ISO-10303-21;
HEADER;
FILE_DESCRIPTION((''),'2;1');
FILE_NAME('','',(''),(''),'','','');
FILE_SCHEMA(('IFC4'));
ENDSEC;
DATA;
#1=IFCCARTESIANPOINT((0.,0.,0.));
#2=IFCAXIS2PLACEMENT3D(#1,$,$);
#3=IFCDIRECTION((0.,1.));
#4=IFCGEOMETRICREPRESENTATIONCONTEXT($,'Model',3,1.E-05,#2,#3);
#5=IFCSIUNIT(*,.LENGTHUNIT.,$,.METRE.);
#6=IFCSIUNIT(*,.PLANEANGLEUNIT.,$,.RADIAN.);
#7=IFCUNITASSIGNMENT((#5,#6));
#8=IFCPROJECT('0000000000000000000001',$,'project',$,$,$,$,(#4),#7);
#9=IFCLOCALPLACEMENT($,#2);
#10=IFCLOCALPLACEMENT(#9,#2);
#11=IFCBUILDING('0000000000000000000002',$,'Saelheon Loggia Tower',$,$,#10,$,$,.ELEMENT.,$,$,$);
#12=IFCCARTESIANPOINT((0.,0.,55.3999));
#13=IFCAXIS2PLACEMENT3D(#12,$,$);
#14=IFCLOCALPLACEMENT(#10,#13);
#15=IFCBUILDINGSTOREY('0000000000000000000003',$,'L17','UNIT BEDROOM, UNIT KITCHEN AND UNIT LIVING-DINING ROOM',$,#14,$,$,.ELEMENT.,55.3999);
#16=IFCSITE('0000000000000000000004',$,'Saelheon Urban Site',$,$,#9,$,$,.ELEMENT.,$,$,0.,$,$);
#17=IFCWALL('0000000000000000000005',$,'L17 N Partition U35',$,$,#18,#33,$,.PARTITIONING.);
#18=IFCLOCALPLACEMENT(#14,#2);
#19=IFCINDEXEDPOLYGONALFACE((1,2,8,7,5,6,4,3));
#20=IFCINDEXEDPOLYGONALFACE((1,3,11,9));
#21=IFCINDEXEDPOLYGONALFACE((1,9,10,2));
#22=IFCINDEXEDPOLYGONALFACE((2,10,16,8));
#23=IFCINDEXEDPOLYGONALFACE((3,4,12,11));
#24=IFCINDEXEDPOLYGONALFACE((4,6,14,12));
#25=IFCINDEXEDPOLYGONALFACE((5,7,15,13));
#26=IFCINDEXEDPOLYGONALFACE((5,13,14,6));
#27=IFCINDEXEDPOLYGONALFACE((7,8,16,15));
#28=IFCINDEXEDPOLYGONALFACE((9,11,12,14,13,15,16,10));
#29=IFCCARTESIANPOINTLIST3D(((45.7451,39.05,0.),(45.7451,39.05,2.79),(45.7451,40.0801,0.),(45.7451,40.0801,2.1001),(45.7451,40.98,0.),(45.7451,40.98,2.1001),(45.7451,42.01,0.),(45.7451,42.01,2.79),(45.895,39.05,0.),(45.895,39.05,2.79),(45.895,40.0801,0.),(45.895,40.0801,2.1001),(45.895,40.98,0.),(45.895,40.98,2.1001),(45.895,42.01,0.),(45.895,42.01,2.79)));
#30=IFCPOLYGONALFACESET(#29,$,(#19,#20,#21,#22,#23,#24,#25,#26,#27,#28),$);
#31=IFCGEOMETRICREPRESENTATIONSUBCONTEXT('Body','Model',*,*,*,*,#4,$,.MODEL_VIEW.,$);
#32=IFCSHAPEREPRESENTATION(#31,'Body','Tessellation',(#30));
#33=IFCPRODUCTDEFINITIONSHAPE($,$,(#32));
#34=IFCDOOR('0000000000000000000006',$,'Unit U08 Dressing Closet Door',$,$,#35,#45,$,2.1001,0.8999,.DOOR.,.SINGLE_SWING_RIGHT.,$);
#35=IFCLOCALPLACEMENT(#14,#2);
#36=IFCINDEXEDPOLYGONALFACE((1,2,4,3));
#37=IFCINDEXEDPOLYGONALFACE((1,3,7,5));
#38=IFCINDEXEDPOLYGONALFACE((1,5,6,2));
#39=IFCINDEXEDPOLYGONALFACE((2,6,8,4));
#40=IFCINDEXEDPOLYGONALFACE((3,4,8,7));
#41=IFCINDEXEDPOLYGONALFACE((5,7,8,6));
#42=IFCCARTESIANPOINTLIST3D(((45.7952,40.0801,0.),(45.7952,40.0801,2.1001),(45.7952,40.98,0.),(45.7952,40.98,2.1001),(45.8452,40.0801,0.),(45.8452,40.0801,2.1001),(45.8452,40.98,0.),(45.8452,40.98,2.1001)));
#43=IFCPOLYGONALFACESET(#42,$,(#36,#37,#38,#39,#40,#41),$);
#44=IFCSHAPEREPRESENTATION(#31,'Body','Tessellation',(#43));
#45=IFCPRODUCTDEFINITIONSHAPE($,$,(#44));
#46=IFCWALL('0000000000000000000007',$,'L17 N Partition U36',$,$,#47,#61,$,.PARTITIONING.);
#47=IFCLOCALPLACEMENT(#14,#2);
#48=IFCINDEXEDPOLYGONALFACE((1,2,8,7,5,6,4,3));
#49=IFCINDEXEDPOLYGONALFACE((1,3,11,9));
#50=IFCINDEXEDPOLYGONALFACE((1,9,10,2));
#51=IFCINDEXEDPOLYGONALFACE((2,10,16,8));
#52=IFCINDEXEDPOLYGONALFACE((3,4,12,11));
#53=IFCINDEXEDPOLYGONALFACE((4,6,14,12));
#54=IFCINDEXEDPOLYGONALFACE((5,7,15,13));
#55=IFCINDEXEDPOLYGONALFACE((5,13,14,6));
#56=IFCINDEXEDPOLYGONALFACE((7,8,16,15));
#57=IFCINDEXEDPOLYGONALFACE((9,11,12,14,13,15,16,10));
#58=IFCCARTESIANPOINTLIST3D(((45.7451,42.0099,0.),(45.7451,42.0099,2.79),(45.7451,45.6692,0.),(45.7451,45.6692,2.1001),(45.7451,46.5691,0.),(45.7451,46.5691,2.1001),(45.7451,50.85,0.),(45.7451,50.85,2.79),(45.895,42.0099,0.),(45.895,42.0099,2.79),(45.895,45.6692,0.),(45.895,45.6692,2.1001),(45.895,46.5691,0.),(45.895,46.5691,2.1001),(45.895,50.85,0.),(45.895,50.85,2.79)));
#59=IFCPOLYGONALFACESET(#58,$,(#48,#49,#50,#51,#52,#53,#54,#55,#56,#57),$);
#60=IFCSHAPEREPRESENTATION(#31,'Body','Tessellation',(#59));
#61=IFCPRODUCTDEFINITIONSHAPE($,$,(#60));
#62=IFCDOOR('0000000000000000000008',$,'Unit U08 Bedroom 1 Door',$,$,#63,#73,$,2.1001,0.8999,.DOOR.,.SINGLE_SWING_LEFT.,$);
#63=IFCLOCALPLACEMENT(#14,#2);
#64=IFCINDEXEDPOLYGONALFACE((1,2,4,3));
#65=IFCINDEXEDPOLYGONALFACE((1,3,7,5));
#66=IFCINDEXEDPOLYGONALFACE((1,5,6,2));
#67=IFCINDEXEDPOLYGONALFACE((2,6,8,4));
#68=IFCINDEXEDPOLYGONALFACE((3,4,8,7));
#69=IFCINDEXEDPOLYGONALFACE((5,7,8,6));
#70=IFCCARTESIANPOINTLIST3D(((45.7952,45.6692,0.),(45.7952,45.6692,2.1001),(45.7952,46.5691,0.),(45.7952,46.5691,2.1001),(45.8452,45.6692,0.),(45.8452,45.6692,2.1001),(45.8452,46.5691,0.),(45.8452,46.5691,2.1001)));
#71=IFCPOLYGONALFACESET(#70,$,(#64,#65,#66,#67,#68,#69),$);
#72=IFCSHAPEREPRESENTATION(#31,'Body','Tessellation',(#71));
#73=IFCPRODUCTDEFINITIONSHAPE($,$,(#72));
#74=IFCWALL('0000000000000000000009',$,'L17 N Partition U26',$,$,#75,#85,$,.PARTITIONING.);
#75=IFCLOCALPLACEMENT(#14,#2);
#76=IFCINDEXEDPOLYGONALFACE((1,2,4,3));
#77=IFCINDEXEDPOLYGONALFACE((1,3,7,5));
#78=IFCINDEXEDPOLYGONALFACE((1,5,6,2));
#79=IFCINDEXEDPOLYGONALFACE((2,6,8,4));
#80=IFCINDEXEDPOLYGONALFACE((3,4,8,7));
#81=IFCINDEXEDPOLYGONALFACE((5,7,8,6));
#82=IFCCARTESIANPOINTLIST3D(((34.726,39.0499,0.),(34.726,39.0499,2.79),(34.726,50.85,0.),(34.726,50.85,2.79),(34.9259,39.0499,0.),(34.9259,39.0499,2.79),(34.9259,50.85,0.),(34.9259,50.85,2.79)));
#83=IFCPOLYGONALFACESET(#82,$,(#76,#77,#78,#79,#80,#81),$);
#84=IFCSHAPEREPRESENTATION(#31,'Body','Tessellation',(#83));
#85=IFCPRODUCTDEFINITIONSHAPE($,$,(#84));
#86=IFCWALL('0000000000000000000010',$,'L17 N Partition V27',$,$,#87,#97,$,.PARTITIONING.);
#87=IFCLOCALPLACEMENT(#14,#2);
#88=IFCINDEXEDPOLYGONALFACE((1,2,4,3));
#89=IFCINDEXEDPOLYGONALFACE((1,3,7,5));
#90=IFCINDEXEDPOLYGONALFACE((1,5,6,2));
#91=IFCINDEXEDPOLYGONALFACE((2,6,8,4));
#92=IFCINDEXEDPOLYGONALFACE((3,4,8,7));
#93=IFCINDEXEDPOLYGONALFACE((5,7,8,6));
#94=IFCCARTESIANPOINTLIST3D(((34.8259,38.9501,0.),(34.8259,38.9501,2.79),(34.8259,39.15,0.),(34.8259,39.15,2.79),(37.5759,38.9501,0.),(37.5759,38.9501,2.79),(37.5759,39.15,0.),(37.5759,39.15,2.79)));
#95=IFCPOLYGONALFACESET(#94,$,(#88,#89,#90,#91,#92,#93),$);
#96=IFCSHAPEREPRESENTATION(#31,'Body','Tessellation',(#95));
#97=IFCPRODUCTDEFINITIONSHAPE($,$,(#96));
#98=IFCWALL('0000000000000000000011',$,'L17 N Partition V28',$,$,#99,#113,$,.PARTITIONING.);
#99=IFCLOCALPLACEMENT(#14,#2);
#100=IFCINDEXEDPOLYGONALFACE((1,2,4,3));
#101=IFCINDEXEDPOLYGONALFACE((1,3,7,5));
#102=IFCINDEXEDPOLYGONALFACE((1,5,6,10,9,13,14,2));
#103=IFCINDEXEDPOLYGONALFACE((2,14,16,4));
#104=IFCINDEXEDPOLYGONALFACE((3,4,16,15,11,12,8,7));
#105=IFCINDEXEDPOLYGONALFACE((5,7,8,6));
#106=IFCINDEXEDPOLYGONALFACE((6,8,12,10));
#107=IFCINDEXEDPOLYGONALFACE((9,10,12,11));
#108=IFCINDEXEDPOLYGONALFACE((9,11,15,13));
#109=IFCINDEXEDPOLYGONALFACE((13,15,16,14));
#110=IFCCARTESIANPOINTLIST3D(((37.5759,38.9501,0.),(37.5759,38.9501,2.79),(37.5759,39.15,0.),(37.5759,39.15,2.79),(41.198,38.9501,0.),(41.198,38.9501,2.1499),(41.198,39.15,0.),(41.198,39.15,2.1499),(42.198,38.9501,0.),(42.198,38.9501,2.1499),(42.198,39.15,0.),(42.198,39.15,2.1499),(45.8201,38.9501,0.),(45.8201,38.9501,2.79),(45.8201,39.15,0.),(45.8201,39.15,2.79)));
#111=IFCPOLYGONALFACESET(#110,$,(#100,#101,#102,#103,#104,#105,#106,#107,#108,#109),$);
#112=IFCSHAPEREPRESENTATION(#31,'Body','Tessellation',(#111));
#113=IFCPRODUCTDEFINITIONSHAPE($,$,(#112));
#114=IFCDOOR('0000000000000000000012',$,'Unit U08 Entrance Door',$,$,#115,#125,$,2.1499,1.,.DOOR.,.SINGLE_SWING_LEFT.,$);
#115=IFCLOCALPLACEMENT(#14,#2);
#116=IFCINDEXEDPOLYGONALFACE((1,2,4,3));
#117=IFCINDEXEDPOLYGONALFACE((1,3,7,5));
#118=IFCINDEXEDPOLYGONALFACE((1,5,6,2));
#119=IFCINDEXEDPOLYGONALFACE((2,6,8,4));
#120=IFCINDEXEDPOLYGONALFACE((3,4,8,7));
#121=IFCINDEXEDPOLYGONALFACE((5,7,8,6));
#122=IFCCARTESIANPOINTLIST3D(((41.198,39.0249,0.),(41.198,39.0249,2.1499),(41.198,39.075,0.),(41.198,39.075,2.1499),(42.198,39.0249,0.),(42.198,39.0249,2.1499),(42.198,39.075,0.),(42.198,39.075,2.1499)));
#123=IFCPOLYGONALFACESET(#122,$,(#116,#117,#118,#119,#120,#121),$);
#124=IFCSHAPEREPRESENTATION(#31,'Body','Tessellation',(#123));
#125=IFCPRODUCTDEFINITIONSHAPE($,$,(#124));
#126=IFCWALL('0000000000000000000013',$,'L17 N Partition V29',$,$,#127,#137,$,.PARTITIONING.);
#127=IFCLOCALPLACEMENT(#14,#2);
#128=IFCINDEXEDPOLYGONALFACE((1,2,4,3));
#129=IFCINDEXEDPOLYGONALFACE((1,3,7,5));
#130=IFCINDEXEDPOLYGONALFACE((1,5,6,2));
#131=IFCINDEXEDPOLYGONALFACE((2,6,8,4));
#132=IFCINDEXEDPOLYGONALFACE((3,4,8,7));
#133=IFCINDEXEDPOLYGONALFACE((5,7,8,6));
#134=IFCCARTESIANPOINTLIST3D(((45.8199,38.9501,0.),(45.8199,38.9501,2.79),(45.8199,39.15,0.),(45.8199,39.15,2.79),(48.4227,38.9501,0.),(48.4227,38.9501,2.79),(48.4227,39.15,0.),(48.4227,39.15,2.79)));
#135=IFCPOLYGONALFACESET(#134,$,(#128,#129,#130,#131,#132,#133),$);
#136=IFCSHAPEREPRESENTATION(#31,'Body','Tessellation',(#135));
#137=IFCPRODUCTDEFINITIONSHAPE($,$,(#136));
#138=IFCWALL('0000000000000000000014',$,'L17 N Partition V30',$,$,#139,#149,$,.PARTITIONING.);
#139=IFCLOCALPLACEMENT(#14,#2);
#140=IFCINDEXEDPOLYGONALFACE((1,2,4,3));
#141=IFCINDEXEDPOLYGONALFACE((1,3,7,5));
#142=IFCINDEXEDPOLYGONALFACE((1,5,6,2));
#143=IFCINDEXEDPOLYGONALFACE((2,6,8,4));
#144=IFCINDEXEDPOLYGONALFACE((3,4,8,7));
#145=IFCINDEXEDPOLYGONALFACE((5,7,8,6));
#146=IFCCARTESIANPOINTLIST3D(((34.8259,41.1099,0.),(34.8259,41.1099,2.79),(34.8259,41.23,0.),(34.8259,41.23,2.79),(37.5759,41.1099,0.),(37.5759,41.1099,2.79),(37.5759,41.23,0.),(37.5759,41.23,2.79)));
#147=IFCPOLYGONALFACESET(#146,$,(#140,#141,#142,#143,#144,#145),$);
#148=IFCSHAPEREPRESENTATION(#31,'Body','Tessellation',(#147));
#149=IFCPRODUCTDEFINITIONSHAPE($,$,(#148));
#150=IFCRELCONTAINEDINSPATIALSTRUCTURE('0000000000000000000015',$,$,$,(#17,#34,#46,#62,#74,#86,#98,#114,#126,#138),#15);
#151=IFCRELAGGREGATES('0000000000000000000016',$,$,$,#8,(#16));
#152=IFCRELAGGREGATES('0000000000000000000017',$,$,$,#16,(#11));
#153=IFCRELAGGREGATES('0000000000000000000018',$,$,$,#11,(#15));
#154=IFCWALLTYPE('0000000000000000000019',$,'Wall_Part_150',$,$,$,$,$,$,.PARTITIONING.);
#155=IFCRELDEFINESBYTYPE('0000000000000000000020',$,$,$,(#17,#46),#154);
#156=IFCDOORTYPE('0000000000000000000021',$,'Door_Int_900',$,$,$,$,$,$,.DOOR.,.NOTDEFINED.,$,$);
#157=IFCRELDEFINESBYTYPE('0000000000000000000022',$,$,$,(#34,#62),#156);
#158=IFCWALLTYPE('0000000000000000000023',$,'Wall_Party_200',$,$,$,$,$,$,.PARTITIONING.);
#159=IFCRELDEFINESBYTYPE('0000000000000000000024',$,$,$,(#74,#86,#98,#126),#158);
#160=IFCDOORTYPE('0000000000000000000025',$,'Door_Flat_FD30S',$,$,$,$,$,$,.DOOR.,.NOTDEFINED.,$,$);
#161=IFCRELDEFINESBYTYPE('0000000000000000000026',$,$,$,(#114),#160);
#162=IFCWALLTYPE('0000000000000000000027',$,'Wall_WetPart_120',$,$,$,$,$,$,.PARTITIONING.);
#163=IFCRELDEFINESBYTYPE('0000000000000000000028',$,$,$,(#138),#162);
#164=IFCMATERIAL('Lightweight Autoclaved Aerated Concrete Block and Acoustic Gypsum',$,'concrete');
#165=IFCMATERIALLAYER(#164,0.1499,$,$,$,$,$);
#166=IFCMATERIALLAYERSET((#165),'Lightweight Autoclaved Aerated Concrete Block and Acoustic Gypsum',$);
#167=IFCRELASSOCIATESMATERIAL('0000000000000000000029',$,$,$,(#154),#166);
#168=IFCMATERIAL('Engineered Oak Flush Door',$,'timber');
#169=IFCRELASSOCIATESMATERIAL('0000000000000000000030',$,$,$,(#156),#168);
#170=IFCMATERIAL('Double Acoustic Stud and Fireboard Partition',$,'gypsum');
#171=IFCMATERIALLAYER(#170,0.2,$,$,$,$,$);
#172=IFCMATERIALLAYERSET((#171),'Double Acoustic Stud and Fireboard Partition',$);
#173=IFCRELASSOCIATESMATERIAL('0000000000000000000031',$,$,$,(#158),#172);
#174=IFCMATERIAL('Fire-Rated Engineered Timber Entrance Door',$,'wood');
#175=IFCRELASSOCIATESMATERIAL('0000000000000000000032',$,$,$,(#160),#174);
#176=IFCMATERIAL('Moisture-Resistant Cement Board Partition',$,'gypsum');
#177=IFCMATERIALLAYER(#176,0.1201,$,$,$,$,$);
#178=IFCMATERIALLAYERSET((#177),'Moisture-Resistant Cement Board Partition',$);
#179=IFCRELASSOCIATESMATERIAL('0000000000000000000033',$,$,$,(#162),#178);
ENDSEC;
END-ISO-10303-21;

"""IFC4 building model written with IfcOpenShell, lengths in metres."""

from ifc_helpers import new_model, si_unit, direction, frame, frame_2d, origin, place, context, subcontext, project, spatial, rectangle, extrude, source, transform, mapped, material, layer, layer_set, type_object, element, fill, save


model = new_model("IFC4")

# Units and contexts
model_context = context("Model", 3, precision=1e-05, world=origin(), true_north=direction((0.0, 1.0)))
body_context = subcontext(model_context, "Body", "Model", "MODEL_VIEW")
ifc_project = project(units=[si_unit("LENGTHUNIT", "METRE"), si_unit("PLANEANGLEUNIT", "RADIAN")], contexts=[model_context])

# Site, building, storey
site_placement = place(None, origin())
site = spatial("IfcSite", under=ifc_project, at=site_placement, Name="Saelheon Urban Site", CompositionType="ELEMENT", RefElevation=0.0)
building_placement = place(site_placement, origin())
building = spatial("IfcBuilding", under=site, at=building_placement, Name="Saelheon Loggia Tower", CompositionType="ELEMENT")
storey_placement = place(building_placement, frame((0.0, 0.0, 55.3999)))
storey = spatial("IfcBuildingStorey", under=building, at=storey_placement, Name="L17", Description="UNIT BEDROOM, UNIT KITCHEN AND UNIT LIVING-DINING ROOM", CompositionType="ELEMENT", Elevation=55.3999)

# Shared definitions
ifc_material_1 = material(Name="Lightweight Autoclaved Aerated Concrete Block and Acoustic Gypsum", Category="concrete")
ifc_layer_1 = layer(ifc_material_1, 0.1499)
ifc_layer_set_1 = layer_set([ifc_layer_1], Name="Lightweight Autoclaved Aerated Concrete Block and Acoustic Gypsum")
wall_type_1 = type_object("IfcWallType", Name="Wall_Part_150", PredefinedType="PARTITIONING", material=ifc_layer_set_1)

# Walls, openings, doors
ifc_material_2 = material(Name="Engineered Oak Flush Door", Category="timber")
door_type_1 = type_object("IfcDoorType", Name="Door_Int_900", OperationType="NOTDEFINED", PredefinedType="DOOR", material=ifc_material_2)
shared_shape_1 = source(origin(), body_context, "Body", "SweptSolid", [
    extrude(rectangle(XDim=0.8999, YDim=2.1001, at=frame_2d((0.45, 1.05))), frame((0.0, 0.0249, 0.0), z_axis=(0.0, -1.0, 0.0), x_axis=(1.0, 0.0, 0.0)), (0.0, 0.0, 1.0), 0.05),
])
wall_1_placement = place(storey_placement, frame((45.8201, 39.05, 0.0), z_axis=(0.0, 0.0, 1.0), x_axis=(0.0, 1.0, 0.0)))
wall_1 = element("IfcWall", 1, at=wall_1_placement, inside=storey, type_object=wall_type_1, Name="L17 N Partition U35", PredefinedType="PARTITIONING", context=body_context, shape_type="SweptSolid", body=[
    extrude(rectangle(XDim=2.96, YDim=0.1499, at=frame_2d((1.48, 0.0))), origin(), (0.0, 0.0, 1.0), 2.79),
])
opening_1_placement = place(wall_1_placement, frame((1.03, 0.0, 0.0)))
opening_1 = element("IfcOpeningElement", 2, at=opening_1_placement, cuts=wall_1, PredefinedType="OPENING", context=body_context, shape_type="SweptSolid", body=[
    extrude(rectangle(XDim=0.8999, YDim=2.1001, at=frame_2d((0.45, 1.05))), frame((0.0, 0.0869, 0.0), z_axis=(0.0, -1.0, 0.0), x_axis=(1.0, 0.0, 0.0)), (0.0, 0.0, 1.0), 0.1738),
])
door_1_placement = place(opening_1_placement, origin())
door_1 = element("IfcDoor", 3, at=door_1_placement, inside=storey, type_object=door_type_1, Name="Unit U08 Dressing Closet Door", OperationType="SINGLE_SWING_RIGHT", OverallHeight=2.1001, OverallWidth=0.8999, PredefinedType="DOOR", context=body_context, shape_type="MappedRepresentation", body=[
    mapped(shared_shape_1, transform((0.0, 0.0, 0.0), scale=1.0)),
])
fill(opening_1, door_1)
wall_2_placement = place(storey_placement, frame((45.8201, 42.01, 0.0), z_axis=(0.0, 0.0, 1.0), x_axis=(0.0, 1.0, 0.0)))
wall_2 = element("IfcWall", 4, at=wall_2_placement, inside=storey, type_object=wall_type_1, Name="L17 N Partition U36", PredefinedType="PARTITIONING", context=body_context, shape_type="SweptSolid", body=[
    extrude(rectangle(XDim=8.8401, YDim=0.1499, at=frame_2d((4.4199, 0.0))), origin(), (0.0, 0.0, 1.0), 2.79),
])
opening_2_placement = place(wall_2_placement, frame((3.6592, 0.0, 0.0)))
opening_2 = element("IfcOpeningElement", 5, at=opening_2_placement, cuts=wall_2, PredefinedType="OPENING", context=body_context, shape_type="SweptSolid", body=[
    extrude(rectangle(XDim=0.8999, YDim=2.1001, at=frame_2d((0.45, 1.05))), frame((0.0, 0.0869, 0.0), z_axis=(0.0, -1.0, 0.0), x_axis=(1.0, 0.0, 0.0)), (0.0, 0.0, 1.0), 0.1738),
])
door_2_placement = place(opening_2_placement, origin())
door_2 = element("IfcDoor", 6, at=door_2_placement, inside=storey, type_object=door_type_1, Name="Unit U08 Bedroom 1 Door", OperationType="SINGLE_SWING_LEFT", OverallHeight=2.1001, OverallWidth=0.8999, PredefinedType="DOOR", context=body_context, shape_type="MappedRepresentation", body=[
    mapped(shared_shape_1, transform((0.0, 0.0, 0.0), scale=1.0)),
])
fill(opening_2, door_2)

# Walls
ifc_material_3 = material(Name="Double Acoustic Stud and Fireboard Partition", Category="gypsum")
ifc_layer_2 = layer(ifc_material_3, 0.2)
ifc_layer_set_2 = layer_set([ifc_layer_2], Name="Double Acoustic Stud and Fireboard Partition")
wall_type_2 = type_object("IfcWallType", Name="Wall_Party_200", PredefinedType="PARTITIONING", material=ifc_layer_set_2)
wall_3_placement = place(storey_placement, frame((34.8259, 39.05, 0.0), z_axis=(0.0, 0.0, 1.0), x_axis=(0.0, 1.0, 0.0)))
element("IfcWall", 7, at=wall_3_placement, inside=storey, type_object=wall_type_2, Name="L17 N Partition U26", PredefinedType="PARTITIONING", context=body_context, shape_type="SweptSolid", body=[
    extrude(rectangle(XDim=11.8, YDim=0.2, at=frame_2d((5.8999, 0.0))), origin(), (0.0, 0.0, 1.0), 2.79),
])
wall_4_placement = place(storey_placement, frame((34.8259, 39.05, 0.0), z_axis=(0.0, 0.0, 1.0), x_axis=(1.0, 0.0, 0.0)))
element("IfcWall", 8, at=wall_4_placement, inside=storey, type_object=wall_type_2, Name="L17 N Partition V27", PredefinedType="PARTITIONING", context=body_context, shape_type="SweptSolid", body=[
    extrude(rectangle(XDim=2.75, YDim=0.2, at=frame_2d((1.375, 0.0))), origin(), (0.0, 0.0, 1.0), 2.79),
])

# Wall, opening, door
wall_5_placement = place(storey_placement, frame((37.5759, 39.05, 0.0), z_axis=(0.0, 0.0, 1.0), x_axis=(1.0, 0.0, 0.0)))
wall_5 = element("IfcWall", 9, at=wall_5_placement, inside=storey, type_object=wall_type_2, Name="L17 N Partition V28", PredefinedType="PARTITIONING", context=body_context, shape_type="SweptSolid", body=[
    extrude(rectangle(XDim=8.2441, YDim=0.2, at=frame_2d((4.1221, 0.0))), origin(), (0.0, 0.0, 1.0), 2.79),
])
opening_3_placement = place(wall_5_placement, frame((3.6221, 0.0, 0.0)))
opening_3 = element("IfcOpeningElement", 10, at=opening_3_placement, cuts=wall_5, PredefinedType="OPENING", context=body_context, shape_type="SweptSolid", body=[
    extrude(rectangle(XDim=1.0, YDim=2.1499, at=frame_2d((0.5, 1.075))), frame((0.0, 0.1121, 0.0), z_axis=(0.0, -1.0, 0.0), x_axis=(1.0, 0.0, 0.0)), (0.0, 0.0, 1.0), 0.2239),
])
ifc_material_4 = material(Name="Fire-Rated Engineered Timber Entrance Door", Category="wood")
door_type_2 = type_object("IfcDoorType", Name="Door_Flat_FD30S", OperationType="NOTDEFINED", PredefinedType="DOOR", material=ifc_material_4)
shared_shape_2 = source(origin(), body_context, "Body", "SweptSolid", [
    extrude(rectangle(XDim=1.0, YDim=2.1499, at=frame_2d((0.5, 1.075))), frame((0.0, 0.0249, 0.0), z_axis=(0.0, -1.0, 0.0), x_axis=(1.0, 0.0, 0.0)), (0.0, 0.0, 1.0), 0.05),
])
door_3_placement = place(opening_3_placement, origin())
door_3 = element("IfcDoor", 11, at=door_3_placement, inside=storey, type_object=door_type_2, Name="Unit U08 Entrance Door", OperationType="SINGLE_SWING_LEFT", OverallHeight=2.1499, OverallWidth=1.0, PredefinedType="DOOR", context=body_context, shape_type="MappedRepresentation", body=[
    mapped(shared_shape_2, transform((0.0, 0.0, 0.0), scale=1.0)),
])
fill(opening_3, door_3)

# Walls
wall_6_placement = place(storey_placement, frame((45.8201, 39.05, 0.0), z_axis=(0.0, 0.0, 1.0), x_axis=(1.0, 0.0, 0.0)))
element("IfcWall", 12, at=wall_6_placement, inside=storey, type_object=wall_type_2, Name="L17 N Partition V29", PredefinedType="PARTITIONING", context=body_context, shape_type="SweptSolid", body=[
    extrude(rectangle(XDim=2.6028, YDim=0.2, at=frame_2d((1.3013, 0.0))), origin(), (0.0, 0.0, 1.0), 2.79),
])
ifc_material_5 = material(Name="Moisture-Resistant Cement Board Partition", Category="gypsum")
ifc_layer_3 = layer(ifc_material_5, 0.1201)
ifc_layer_set_3 = layer_set([ifc_layer_3], Name="Moisture-Resistant Cement Board Partition")
wall_type_3 = type_object("IfcWallType", Name="Wall_WetPart_120", PredefinedType="PARTITIONING", material=ifc_layer_set_3)
wall_7_placement = place(storey_placement, frame((34.8259, 41.1699, 0.0), z_axis=(0.0, 0.0, 1.0), x_axis=(1.0, 0.0, 0.0)))
element("IfcWall", 13, at=wall_7_placement, inside=storey, type_object=wall_type_3, Name="L17 N Partition V30", PredefinedType="PARTITIONING", context=body_context, shape_type="SweptSolid", body=[
    extrude(rectangle(XDim=2.75, YDim=0.1201, at=frame_2d((1.375, 0.0))), origin(), (0.0, 0.0, 1.0), 2.79),
])

save(model, "model.ifc")
